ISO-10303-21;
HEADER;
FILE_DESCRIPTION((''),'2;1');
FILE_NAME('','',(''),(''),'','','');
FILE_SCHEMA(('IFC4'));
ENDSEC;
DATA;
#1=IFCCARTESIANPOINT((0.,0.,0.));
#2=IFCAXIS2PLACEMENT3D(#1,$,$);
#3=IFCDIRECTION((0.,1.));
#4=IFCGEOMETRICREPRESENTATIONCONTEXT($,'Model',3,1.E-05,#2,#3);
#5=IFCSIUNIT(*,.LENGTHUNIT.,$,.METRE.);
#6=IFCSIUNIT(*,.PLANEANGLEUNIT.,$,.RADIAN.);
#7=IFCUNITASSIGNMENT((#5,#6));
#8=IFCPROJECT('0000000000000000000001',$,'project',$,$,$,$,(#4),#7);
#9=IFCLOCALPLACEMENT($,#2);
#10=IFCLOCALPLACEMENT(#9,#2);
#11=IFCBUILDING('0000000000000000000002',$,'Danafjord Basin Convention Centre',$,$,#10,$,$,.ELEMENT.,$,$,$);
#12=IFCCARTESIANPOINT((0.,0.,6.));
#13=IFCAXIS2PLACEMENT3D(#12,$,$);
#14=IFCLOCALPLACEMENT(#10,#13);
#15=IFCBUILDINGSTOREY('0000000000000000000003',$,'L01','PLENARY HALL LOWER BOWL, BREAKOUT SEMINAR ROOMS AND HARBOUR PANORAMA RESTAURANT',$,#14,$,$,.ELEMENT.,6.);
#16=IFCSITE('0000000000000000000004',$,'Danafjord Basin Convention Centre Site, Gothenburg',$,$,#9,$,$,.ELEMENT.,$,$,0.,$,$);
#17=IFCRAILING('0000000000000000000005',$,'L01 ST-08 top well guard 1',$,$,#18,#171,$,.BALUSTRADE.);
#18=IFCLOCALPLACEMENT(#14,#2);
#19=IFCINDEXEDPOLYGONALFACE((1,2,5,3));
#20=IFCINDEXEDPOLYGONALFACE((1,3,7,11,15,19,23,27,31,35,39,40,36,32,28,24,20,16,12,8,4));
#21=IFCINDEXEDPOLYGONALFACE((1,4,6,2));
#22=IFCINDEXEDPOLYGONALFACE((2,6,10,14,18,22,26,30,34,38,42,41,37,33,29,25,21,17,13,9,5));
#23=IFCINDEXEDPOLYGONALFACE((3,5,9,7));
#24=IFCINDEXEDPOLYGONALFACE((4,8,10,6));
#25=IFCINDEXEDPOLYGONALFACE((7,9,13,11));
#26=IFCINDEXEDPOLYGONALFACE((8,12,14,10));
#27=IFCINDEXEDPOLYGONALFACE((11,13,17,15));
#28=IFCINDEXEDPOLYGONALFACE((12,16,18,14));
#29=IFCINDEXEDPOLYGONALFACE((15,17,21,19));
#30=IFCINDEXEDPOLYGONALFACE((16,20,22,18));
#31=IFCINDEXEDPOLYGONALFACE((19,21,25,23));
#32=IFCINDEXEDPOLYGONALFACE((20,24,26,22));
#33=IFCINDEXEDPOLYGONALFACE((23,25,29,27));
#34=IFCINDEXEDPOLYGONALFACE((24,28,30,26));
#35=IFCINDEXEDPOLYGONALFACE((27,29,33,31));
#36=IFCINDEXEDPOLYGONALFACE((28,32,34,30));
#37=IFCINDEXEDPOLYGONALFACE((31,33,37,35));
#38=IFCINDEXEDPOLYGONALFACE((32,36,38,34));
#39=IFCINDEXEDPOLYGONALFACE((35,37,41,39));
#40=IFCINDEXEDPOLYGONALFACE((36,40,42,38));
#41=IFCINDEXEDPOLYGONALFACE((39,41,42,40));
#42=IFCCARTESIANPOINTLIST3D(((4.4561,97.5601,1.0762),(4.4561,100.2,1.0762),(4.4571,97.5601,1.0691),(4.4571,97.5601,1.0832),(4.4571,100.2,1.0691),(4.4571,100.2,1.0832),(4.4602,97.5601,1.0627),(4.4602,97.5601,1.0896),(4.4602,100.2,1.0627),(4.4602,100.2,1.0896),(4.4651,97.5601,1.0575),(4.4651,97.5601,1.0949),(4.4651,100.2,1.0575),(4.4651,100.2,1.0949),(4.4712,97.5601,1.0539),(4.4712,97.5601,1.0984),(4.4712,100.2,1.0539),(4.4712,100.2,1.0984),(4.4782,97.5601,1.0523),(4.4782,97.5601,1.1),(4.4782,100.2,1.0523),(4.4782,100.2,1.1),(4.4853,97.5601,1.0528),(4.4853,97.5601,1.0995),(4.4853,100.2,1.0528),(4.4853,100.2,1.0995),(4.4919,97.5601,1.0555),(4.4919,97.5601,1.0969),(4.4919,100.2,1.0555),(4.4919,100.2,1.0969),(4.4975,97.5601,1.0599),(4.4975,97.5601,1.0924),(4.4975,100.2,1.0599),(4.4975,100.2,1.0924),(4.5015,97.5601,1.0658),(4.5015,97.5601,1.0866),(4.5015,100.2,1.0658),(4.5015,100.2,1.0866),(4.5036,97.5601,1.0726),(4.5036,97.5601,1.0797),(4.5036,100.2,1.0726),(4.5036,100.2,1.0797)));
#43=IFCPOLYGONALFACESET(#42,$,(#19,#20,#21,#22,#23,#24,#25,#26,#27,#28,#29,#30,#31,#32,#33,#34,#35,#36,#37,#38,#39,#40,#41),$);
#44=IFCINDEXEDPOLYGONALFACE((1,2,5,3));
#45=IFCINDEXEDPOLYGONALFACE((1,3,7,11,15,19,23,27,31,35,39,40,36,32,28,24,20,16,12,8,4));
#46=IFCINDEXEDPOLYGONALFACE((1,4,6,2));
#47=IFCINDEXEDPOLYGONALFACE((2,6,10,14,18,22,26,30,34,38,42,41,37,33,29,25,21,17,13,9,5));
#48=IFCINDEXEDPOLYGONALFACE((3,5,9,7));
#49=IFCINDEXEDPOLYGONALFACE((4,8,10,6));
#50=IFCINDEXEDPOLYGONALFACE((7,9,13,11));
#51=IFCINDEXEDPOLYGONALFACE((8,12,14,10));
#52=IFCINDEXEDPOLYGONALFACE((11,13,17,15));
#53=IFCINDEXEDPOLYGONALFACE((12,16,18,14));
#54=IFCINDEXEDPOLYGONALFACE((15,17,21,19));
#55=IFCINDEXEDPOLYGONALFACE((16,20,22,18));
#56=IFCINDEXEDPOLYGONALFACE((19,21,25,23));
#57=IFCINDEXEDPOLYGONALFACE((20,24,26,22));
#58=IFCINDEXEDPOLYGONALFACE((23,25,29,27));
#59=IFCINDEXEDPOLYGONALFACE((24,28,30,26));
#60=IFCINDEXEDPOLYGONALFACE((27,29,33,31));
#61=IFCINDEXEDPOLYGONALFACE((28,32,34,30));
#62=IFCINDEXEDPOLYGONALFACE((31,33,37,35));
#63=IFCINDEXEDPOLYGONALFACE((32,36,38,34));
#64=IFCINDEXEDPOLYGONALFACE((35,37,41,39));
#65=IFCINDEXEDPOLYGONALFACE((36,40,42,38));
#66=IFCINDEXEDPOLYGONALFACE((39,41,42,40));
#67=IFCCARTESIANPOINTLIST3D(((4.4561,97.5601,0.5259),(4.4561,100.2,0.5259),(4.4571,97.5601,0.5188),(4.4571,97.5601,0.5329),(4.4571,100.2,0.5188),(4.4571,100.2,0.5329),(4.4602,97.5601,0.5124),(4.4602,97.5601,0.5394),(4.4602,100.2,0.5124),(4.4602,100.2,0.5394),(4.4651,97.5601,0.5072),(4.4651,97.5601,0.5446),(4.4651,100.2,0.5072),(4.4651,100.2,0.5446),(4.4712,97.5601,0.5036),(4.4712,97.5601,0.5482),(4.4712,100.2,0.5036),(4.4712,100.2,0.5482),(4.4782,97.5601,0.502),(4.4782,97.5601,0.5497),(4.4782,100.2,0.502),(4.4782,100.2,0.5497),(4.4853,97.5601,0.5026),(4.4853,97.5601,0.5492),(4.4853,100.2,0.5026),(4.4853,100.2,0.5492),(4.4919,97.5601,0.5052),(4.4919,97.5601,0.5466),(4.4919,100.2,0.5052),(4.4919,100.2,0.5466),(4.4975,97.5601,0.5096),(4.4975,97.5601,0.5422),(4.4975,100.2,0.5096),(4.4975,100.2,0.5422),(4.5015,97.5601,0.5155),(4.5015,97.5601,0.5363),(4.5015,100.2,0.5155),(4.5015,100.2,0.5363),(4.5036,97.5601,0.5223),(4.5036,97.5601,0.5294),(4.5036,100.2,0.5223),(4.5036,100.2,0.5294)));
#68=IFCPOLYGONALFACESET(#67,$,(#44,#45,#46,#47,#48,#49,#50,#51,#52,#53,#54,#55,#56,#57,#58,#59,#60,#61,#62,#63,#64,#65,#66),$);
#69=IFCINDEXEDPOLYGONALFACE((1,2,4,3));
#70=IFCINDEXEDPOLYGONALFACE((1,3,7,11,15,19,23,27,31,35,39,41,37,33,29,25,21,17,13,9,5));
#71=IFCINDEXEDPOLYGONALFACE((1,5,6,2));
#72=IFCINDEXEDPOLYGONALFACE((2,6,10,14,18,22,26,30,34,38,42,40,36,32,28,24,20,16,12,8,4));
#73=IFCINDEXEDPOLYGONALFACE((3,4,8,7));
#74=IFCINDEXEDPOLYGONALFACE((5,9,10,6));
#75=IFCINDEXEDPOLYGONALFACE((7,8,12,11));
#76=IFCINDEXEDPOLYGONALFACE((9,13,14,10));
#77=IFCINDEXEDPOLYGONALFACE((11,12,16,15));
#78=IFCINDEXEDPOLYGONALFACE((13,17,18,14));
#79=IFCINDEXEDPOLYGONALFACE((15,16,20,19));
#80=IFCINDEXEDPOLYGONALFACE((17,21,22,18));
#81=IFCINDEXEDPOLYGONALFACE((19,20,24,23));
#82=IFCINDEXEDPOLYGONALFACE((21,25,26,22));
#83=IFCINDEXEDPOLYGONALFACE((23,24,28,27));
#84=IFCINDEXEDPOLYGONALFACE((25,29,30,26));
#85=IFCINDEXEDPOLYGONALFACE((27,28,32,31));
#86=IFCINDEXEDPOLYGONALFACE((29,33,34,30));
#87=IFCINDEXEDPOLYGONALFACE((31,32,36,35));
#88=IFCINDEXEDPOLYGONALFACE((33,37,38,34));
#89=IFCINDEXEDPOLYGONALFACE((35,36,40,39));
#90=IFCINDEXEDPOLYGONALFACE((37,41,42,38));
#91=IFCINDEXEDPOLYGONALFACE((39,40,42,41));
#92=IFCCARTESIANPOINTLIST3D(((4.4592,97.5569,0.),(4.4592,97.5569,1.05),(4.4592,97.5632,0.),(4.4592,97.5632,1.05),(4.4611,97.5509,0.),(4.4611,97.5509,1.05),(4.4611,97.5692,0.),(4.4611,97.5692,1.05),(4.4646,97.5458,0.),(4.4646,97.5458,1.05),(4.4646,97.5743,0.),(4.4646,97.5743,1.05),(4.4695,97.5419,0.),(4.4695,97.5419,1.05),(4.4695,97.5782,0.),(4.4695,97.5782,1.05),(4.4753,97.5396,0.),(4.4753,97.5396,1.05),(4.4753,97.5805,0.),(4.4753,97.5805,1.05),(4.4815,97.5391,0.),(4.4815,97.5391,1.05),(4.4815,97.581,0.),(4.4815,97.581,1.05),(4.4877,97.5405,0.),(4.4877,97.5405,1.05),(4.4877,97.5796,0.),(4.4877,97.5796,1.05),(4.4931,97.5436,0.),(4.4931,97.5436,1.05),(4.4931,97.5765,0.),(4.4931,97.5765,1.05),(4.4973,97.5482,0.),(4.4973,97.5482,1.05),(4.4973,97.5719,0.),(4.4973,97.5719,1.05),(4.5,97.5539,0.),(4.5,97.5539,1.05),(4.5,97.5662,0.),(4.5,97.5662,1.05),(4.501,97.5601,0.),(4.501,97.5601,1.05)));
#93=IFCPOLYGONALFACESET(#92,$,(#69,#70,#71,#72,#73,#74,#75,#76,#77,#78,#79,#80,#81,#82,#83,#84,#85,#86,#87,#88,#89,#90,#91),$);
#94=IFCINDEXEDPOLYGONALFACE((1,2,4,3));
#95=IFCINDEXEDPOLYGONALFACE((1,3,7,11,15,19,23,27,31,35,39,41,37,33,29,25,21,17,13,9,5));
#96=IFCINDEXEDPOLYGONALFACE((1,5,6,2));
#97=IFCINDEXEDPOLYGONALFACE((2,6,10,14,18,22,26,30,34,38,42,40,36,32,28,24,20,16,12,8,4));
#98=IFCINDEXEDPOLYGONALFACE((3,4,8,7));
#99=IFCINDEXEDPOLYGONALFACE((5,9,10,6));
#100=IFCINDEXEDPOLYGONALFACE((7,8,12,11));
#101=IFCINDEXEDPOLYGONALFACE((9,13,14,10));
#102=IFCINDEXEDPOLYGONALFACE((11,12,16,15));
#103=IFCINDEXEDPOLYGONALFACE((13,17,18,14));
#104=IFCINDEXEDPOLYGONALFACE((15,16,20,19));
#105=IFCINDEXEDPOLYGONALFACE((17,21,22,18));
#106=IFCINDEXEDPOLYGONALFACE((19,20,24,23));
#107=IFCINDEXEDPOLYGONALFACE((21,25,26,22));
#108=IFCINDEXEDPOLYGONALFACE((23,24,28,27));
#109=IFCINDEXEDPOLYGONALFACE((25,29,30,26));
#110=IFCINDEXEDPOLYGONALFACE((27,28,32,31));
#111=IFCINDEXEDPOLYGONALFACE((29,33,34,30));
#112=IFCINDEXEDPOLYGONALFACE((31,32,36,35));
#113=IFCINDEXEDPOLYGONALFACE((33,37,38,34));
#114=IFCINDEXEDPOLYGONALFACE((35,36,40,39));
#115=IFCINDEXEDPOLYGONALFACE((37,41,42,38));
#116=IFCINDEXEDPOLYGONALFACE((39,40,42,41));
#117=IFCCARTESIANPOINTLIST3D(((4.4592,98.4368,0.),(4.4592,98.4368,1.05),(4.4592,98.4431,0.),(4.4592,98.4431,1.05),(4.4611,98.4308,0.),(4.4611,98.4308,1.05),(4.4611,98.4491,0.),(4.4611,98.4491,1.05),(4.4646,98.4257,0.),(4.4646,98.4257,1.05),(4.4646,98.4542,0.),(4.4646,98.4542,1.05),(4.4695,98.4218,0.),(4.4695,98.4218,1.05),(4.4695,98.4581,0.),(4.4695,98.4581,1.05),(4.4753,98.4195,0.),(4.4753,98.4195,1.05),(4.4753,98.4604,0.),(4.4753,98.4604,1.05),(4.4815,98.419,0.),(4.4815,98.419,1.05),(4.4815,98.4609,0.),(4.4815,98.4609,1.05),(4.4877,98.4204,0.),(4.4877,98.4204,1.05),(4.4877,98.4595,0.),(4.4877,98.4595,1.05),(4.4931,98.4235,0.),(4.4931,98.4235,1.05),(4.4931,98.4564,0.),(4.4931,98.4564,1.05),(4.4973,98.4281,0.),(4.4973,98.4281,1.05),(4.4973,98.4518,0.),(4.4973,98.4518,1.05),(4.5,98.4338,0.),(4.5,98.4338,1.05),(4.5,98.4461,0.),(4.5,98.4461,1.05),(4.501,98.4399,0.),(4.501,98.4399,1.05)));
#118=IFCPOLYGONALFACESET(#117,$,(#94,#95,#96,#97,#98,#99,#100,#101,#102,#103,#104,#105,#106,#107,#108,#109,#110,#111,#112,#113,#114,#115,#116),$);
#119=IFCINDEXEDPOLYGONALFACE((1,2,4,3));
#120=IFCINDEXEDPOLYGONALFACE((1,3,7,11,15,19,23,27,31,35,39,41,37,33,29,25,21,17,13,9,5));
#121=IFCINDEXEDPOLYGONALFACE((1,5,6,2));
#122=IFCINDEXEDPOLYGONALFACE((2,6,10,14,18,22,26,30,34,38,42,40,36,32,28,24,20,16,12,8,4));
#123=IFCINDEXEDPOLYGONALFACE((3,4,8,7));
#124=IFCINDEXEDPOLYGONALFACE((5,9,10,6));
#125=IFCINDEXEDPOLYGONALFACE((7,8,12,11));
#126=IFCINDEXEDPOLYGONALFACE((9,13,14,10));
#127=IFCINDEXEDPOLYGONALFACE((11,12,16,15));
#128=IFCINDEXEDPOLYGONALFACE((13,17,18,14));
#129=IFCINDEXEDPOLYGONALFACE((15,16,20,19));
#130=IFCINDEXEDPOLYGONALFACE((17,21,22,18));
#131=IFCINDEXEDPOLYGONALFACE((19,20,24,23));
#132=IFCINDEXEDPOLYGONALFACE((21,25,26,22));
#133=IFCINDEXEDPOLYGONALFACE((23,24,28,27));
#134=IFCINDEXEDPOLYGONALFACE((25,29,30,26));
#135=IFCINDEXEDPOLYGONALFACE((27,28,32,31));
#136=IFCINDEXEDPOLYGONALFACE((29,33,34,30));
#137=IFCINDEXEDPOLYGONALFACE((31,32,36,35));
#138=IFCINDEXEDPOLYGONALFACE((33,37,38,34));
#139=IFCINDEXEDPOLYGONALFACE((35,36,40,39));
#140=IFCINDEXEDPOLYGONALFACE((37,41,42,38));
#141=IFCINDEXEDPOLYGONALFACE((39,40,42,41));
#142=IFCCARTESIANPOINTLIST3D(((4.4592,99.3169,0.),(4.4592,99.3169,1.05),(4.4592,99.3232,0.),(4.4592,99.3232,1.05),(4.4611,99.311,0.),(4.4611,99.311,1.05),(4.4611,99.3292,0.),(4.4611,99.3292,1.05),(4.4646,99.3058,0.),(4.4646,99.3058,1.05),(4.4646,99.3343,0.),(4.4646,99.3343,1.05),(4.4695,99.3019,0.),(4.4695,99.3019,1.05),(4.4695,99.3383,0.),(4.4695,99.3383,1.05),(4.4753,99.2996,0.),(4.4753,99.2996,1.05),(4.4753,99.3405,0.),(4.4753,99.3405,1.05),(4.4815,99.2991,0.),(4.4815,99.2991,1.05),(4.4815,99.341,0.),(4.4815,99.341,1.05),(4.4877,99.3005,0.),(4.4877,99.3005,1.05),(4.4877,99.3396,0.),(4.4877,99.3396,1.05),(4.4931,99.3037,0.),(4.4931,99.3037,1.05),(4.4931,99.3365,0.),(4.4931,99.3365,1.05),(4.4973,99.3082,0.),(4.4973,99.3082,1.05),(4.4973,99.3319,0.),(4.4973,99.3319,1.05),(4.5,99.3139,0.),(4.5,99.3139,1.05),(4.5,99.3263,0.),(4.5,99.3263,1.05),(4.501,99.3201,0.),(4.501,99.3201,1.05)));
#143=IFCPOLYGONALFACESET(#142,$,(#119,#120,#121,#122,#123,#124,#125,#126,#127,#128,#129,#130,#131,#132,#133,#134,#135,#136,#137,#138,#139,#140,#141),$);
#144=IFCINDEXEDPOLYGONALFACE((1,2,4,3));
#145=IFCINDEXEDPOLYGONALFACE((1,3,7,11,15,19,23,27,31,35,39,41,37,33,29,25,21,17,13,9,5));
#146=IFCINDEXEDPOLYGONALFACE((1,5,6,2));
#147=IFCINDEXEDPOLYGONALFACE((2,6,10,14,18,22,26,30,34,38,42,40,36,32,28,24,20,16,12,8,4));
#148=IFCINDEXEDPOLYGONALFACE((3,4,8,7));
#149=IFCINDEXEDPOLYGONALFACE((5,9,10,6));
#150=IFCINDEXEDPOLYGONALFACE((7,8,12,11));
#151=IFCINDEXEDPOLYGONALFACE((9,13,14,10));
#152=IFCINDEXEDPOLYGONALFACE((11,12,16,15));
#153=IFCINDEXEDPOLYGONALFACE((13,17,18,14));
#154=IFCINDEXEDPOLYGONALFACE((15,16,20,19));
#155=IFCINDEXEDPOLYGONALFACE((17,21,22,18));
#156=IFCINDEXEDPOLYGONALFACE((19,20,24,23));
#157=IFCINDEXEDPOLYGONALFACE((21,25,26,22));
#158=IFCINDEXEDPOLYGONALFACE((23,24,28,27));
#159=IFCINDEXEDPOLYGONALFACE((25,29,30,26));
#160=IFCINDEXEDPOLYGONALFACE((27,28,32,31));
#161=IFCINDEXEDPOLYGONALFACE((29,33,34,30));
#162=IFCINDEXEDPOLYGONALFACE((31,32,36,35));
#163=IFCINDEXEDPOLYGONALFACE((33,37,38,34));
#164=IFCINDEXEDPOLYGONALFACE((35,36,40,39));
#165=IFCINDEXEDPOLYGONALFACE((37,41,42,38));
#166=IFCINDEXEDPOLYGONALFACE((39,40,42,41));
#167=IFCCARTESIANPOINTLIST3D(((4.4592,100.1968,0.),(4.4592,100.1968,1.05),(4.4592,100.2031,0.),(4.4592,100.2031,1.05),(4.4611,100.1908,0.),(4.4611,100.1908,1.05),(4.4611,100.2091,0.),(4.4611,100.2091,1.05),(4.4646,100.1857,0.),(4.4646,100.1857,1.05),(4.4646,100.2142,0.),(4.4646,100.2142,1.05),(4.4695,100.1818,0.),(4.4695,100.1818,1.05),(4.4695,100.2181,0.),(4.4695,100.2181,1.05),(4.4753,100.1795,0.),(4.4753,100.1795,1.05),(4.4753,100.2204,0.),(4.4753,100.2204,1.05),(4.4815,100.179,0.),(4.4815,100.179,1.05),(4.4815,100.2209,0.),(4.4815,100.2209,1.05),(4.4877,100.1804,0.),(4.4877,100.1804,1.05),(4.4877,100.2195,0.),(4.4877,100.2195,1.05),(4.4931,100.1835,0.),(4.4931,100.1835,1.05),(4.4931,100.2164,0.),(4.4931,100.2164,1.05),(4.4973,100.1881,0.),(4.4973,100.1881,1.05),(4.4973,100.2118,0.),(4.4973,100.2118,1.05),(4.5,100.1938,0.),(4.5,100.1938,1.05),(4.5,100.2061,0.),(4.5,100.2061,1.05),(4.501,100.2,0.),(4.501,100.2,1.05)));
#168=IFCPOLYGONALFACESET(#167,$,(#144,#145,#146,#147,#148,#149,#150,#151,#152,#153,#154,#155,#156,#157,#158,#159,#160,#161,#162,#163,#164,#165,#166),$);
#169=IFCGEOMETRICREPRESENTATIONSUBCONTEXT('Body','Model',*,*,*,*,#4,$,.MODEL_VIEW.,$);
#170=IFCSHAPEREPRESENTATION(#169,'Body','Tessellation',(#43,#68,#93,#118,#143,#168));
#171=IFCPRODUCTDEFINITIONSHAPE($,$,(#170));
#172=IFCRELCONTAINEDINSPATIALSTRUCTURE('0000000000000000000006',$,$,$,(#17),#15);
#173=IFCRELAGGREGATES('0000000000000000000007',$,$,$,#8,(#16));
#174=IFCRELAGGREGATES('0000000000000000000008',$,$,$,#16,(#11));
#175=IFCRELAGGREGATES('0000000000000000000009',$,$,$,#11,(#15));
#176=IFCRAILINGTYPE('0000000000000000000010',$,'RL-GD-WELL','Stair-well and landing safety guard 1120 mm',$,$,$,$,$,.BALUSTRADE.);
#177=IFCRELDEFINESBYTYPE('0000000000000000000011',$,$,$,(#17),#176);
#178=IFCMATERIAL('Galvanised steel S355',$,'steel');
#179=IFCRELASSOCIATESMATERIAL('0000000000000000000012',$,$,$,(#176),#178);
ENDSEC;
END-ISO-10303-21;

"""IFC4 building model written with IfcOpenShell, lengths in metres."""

from ifc_helpers import new_model, si_unit, direction, frame, origin, origin_2d, place, context, subcontext, project, spatial, circle, extrude, material, type_object, element, save


model = new_model("IFC4")

# Units and contexts
model_context = context("Model", 3, precision=1e-05, world=origin(), true_north=direction((0.0, 1.0)))
body_context = subcontext(model_context, "Body", "Model", "MODEL_VIEW")
ifc_project = project(units=[si_unit("LENGTHUNIT", "METRE"), si_unit("PLANEANGLEUNIT", "RADIAN")], contexts=[model_context])

# Site, building, storey
site_placement = place(None, origin())
site = spatial("IfcSite", under=ifc_project, at=site_placement, Name="Danafjord Basin Convention Centre Site, Gothenburg", CompositionType="ELEMENT", RefElevation=0.0)
building_placement = place(site_placement, origin())
building = spatial("IfcBuilding", under=site, at=building_placement, Name="Danafjord Basin Convention Centre", CompositionType="ELEMENT")
storey_placement = place(building_placement, frame((0.0, 0.0, 6.0)))
storey = spatial("IfcBuildingStorey", under=building, at=storey_placement, Name="L01", Description="PLENARY HALL LOWER BOWL, BREAKOUT SEMINAR ROOMS AND HARBOUR PANORAMA RESTAURANT", CompositionType="ELEMENT", Elevation=6.0)

# Railing
ifc_material_1 = material(Name="Galvanised steel S355", Category="steel")
railing_type_1 = type_object("IfcRailingType", Name="RL-GD-WELL", Description="Stair-well and landing safety guard 1120 mm", PredefinedType="BALUSTRADE", material=ifc_material_1)
railing_1_placement = place(storey_placement, frame((4.48, 97.5601, 0.0)))
element("IfcRailing", 1, at=railing_1_placement, inside=storey, type_object=railing_type_1, Name="L01 ST-08 top well guard 1", PredefinedType="BALUSTRADE", context=body_context, shape_type="SweptSolid", body=[
    extrude(circle(Radius=0.0239, at=origin_2d()), frame((0.0, 0.0, 1.0762), z_axis=(0.0, 1.0, 0.0), x_axis=(-1.0, 0.0, 0.0)), (0.0, 0.0, 1.0), 2.6399),
    extrude(circle(Radius=0.0239, at=origin_2d()), frame((0.0, 0.0, 0.5259), z_axis=(0.0, 1.0, 0.0), x_axis=(-1.0, 0.0, 0.0)), (0.0, 0.0, 1.0), 2.6399),
    extrude(circle(Radius=0.021, at=origin_2d()), origin(), (0.0, 0.0, 1.0), 1.05),
    extrude(circle(Radius=0.021, at=origin_2d()), frame((0.0, 0.8799, 0.0)), (0.0, 0.0, 1.0), 1.05),
    extrude(circle(Radius=0.021, at=origin_2d()), frame((0.0, 1.76, 0.0)), (0.0, 0.0, 1.0), 1.05),
    extrude(circle(Radius=0.021, at=origin_2d()), frame((0.0, 2.6399, 0.0)), (0.0, 0.0, 1.0), 1.05),
])

save(model, "model.ifc")
